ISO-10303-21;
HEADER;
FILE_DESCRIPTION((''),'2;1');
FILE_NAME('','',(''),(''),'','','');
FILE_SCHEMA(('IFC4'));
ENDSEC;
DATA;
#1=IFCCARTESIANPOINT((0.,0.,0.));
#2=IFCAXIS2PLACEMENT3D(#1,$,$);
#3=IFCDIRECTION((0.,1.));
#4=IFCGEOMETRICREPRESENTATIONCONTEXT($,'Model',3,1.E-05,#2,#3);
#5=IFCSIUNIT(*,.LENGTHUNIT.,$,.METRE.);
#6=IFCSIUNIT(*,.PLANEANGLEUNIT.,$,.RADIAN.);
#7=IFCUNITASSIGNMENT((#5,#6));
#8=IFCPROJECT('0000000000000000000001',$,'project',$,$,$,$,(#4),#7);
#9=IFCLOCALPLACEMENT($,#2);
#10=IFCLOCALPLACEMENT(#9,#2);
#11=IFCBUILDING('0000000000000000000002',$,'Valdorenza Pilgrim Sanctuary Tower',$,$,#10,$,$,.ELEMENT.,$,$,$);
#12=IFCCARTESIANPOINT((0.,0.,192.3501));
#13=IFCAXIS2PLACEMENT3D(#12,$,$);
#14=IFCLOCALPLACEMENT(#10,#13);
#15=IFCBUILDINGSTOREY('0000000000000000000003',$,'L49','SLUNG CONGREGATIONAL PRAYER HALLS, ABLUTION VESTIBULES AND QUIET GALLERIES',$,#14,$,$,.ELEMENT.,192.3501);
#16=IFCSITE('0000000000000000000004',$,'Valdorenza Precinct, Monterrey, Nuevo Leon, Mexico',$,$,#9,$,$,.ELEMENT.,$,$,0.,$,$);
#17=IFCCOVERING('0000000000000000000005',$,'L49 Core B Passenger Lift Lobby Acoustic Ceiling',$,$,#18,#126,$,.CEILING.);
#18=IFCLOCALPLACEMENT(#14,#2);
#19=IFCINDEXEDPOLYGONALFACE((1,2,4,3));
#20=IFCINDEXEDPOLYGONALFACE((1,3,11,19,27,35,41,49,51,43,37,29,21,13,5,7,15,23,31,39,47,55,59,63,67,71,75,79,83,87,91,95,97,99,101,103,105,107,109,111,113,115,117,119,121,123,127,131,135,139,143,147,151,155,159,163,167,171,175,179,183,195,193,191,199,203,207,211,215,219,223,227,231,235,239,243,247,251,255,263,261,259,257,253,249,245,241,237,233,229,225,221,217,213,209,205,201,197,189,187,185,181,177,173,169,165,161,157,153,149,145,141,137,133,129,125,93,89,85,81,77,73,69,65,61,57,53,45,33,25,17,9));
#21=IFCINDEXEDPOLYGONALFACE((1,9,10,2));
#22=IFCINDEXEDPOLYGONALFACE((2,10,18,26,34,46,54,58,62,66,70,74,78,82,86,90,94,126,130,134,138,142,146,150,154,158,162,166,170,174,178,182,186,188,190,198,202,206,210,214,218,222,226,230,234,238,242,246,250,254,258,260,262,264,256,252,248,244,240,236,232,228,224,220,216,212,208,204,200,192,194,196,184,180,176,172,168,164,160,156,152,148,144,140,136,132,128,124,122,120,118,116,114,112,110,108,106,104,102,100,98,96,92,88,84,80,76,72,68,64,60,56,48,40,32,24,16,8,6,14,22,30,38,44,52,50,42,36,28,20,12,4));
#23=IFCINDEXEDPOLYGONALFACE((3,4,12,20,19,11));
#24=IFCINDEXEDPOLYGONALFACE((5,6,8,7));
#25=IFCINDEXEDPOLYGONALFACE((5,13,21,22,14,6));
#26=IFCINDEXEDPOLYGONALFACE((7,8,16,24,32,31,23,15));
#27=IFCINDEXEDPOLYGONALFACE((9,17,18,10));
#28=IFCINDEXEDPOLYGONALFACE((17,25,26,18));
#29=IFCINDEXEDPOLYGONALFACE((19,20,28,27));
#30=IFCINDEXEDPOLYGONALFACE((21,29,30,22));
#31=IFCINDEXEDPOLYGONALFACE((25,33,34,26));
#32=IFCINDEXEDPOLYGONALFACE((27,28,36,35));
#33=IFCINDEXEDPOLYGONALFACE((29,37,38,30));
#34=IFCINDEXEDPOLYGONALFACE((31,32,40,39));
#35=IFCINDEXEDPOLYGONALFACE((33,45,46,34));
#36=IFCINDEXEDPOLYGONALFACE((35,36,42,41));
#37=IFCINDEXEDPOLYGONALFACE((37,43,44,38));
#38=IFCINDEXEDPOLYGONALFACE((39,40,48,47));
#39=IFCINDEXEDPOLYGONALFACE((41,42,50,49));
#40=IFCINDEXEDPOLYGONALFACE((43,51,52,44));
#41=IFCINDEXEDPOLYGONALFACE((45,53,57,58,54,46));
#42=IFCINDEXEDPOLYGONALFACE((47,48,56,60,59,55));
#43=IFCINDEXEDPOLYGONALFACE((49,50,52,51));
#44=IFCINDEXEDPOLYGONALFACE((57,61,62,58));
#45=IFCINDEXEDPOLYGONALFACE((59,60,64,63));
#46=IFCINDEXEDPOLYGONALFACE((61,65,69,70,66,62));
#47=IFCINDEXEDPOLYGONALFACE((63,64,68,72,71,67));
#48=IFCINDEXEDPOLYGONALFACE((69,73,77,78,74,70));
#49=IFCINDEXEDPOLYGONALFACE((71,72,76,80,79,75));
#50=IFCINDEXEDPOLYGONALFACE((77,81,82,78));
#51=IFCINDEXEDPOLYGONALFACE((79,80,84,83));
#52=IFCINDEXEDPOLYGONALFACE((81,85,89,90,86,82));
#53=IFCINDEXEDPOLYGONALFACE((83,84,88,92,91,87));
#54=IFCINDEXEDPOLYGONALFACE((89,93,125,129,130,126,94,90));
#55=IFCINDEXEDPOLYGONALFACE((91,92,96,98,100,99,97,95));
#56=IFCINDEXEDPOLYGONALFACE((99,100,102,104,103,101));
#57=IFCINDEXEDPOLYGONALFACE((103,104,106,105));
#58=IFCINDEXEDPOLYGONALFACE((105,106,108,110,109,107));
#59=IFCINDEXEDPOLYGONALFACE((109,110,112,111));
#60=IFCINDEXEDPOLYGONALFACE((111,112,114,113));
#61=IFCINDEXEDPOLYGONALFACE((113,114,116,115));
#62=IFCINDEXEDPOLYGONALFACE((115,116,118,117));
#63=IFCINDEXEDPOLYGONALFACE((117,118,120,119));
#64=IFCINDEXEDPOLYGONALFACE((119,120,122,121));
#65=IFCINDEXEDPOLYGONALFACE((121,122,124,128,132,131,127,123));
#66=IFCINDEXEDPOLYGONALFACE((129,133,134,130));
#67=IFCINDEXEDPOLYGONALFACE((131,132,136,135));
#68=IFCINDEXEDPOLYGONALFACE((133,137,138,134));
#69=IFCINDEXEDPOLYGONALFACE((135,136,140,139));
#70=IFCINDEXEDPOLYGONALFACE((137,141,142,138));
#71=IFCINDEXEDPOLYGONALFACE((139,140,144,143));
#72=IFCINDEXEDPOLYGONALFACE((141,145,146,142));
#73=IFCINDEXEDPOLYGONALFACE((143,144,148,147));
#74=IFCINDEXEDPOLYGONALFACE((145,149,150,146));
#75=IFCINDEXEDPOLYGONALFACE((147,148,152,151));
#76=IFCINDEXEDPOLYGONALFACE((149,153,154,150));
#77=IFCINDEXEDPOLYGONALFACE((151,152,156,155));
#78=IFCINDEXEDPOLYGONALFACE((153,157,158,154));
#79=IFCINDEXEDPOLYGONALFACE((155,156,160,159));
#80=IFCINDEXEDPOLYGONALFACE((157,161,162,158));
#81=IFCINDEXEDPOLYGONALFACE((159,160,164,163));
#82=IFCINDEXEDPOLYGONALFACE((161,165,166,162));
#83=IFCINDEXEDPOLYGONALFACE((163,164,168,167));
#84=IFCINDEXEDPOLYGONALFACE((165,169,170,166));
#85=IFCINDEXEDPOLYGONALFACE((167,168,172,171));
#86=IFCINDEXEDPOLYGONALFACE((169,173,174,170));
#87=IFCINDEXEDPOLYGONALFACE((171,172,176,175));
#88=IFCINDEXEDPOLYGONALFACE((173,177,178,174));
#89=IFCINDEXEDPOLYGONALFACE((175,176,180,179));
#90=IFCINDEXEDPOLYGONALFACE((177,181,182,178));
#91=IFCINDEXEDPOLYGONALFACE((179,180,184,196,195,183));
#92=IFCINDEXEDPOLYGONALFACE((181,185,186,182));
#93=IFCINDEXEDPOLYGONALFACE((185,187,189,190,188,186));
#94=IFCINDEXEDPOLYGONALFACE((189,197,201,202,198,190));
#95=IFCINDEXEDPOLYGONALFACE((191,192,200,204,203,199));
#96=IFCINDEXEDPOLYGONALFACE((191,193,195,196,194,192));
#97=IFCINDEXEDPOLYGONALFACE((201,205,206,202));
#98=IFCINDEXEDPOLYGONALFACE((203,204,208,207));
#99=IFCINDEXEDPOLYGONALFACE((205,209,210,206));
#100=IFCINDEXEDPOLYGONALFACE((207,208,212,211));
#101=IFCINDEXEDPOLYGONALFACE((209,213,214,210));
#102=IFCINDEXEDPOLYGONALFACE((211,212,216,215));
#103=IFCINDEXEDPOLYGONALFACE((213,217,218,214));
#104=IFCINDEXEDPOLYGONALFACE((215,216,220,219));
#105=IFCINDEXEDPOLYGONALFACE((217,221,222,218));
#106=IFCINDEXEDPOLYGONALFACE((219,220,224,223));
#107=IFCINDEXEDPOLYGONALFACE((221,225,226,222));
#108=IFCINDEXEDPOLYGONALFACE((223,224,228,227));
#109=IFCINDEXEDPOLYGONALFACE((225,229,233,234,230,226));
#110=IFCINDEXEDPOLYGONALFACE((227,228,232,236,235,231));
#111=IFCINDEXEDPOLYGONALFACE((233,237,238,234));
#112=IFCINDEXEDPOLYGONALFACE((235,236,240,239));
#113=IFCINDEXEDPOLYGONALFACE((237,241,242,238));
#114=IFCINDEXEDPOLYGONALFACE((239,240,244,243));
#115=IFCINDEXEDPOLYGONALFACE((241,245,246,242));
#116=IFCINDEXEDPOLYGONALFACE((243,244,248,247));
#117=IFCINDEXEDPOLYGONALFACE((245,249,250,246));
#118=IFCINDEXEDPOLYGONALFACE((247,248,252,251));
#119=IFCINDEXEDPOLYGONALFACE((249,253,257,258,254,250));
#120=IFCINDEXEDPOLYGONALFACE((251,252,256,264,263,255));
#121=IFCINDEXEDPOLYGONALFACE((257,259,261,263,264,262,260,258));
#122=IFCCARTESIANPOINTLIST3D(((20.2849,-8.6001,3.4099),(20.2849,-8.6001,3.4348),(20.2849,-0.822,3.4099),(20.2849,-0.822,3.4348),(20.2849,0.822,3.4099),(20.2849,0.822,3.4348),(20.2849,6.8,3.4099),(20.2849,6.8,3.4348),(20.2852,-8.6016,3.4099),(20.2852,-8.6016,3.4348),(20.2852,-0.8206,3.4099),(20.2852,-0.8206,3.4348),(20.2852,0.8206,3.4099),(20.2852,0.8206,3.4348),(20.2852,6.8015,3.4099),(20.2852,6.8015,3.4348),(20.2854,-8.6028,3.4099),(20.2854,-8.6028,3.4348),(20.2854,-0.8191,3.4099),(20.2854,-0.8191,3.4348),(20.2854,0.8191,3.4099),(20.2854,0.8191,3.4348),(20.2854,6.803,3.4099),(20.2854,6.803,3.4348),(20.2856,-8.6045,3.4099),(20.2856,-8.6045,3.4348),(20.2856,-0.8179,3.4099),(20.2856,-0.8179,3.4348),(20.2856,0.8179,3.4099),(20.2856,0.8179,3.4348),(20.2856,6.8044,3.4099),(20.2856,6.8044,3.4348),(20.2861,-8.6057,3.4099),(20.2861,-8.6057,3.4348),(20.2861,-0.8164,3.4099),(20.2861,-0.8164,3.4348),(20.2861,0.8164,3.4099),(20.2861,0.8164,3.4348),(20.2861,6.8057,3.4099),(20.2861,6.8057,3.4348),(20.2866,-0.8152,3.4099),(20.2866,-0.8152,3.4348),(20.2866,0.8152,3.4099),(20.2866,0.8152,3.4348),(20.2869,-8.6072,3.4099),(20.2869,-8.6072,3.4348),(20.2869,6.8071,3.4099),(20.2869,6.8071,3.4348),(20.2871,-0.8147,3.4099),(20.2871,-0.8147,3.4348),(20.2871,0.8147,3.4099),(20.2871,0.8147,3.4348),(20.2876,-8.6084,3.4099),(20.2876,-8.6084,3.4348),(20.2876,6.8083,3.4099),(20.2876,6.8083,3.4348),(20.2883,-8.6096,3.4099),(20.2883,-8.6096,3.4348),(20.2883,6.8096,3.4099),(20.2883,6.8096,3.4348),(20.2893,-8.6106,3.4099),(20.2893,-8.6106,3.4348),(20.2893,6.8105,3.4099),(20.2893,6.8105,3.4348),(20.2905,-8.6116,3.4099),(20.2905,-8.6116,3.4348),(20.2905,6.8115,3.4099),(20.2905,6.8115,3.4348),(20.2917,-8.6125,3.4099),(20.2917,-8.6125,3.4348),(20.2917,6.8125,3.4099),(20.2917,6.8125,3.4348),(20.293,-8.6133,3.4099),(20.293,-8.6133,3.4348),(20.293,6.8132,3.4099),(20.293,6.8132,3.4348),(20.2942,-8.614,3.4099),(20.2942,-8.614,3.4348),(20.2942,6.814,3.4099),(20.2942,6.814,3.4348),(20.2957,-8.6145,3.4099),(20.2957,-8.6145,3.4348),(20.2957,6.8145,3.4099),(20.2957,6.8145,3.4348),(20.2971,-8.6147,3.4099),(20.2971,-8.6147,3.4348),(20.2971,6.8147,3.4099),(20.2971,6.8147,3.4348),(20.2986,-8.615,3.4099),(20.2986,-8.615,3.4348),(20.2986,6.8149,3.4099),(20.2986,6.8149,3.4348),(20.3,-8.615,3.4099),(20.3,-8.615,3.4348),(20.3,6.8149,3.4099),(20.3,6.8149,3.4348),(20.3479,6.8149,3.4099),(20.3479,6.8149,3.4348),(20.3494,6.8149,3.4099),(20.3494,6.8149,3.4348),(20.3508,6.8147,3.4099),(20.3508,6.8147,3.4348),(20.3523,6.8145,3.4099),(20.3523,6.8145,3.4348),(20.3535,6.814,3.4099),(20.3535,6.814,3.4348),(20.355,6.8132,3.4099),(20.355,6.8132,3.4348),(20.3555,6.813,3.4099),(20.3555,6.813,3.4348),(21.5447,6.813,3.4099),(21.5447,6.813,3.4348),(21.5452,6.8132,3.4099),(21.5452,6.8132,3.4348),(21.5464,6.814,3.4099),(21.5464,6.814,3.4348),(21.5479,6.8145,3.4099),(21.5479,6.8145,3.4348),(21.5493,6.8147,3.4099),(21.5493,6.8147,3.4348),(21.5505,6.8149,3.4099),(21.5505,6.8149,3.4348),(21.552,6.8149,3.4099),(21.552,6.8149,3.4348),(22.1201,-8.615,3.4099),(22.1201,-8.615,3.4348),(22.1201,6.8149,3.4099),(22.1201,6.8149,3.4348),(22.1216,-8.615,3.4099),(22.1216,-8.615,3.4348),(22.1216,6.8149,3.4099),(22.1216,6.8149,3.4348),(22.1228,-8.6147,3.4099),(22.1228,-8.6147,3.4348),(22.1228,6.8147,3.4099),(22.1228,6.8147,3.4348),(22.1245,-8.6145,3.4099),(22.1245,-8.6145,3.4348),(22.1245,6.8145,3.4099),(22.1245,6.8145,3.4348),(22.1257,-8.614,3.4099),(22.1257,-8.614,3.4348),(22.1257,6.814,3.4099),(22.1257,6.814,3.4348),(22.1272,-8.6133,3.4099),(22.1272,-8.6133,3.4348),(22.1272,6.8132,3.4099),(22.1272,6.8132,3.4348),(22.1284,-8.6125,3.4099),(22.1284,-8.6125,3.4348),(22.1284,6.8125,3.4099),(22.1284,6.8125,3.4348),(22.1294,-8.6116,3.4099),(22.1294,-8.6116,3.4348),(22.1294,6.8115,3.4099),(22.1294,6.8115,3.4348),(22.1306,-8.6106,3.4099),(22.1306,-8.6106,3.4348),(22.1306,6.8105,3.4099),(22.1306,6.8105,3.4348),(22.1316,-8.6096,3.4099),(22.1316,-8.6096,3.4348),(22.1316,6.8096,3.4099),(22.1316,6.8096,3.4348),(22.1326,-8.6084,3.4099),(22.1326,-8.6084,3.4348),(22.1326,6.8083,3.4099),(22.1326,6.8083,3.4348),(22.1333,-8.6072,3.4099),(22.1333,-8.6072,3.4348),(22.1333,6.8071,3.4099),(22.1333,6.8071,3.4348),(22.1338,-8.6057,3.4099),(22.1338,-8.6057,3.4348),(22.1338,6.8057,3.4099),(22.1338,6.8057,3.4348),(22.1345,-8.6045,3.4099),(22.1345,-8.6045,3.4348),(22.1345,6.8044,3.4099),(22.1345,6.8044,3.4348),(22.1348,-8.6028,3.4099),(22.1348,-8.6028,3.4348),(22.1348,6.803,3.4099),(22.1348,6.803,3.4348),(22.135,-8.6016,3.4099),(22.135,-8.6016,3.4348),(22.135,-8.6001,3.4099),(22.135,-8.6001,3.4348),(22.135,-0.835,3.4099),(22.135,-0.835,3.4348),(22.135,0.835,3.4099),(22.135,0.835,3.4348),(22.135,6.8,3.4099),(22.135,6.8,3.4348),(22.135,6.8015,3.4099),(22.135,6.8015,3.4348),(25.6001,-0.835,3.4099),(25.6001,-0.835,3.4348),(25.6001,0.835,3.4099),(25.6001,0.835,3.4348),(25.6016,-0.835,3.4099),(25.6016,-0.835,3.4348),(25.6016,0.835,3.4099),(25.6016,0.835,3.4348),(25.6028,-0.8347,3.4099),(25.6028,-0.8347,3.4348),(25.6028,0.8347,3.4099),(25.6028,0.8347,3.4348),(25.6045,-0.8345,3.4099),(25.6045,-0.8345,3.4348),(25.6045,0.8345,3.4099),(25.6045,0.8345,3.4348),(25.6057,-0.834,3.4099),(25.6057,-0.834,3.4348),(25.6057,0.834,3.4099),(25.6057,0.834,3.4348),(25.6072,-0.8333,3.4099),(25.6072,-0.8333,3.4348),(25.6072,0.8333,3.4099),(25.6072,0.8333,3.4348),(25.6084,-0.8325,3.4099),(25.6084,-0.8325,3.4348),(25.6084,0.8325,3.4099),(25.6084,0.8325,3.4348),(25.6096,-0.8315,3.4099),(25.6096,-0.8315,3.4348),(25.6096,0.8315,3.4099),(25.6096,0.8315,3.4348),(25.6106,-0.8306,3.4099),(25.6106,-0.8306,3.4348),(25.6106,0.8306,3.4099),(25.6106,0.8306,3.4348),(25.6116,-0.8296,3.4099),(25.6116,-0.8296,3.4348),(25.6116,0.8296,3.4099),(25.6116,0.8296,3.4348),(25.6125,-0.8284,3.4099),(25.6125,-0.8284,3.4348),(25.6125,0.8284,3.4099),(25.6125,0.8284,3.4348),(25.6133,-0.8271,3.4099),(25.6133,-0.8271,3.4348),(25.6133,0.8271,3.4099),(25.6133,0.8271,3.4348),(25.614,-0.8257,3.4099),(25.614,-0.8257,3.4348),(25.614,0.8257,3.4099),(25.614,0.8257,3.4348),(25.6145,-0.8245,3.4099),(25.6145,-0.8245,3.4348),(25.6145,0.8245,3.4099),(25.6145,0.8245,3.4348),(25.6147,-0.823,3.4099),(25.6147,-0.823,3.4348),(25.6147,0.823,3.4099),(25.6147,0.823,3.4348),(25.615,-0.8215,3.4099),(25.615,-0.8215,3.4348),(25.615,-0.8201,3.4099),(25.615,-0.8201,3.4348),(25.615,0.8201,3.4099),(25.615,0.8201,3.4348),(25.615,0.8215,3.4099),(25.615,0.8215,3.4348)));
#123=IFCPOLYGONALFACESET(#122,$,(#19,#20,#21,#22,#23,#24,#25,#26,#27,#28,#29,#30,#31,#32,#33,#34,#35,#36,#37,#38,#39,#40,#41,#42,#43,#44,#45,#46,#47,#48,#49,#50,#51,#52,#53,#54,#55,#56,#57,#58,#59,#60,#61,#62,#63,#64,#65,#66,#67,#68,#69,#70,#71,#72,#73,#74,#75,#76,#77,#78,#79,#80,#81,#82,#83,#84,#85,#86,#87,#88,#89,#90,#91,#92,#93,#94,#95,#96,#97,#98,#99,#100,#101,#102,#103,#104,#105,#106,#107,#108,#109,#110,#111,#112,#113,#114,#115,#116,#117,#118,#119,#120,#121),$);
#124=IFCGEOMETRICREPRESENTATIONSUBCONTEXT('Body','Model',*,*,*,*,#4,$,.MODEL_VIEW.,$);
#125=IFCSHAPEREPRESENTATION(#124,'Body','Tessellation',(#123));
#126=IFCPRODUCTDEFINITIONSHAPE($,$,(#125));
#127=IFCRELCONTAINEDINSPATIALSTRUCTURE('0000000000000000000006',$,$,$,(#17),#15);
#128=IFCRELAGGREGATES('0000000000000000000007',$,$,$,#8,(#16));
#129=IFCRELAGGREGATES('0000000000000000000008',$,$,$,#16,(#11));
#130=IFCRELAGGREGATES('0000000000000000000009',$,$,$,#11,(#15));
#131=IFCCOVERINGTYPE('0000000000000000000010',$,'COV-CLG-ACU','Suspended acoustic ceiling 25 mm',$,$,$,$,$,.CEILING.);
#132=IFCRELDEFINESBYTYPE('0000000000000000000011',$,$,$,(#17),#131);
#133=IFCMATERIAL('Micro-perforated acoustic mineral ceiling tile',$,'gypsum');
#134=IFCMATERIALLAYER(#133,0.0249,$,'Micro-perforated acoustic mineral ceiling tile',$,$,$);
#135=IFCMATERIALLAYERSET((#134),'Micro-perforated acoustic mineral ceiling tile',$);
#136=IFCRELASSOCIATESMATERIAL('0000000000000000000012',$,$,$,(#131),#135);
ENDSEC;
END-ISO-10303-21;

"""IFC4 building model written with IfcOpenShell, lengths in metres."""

from ifc_helpers import new_model, si_unit, direction, frame, origin, place, context, subcontext, project, spatial, polyline, outline, extrude, material, layer, layer_set, type_object, element, save


model = new_model("IFC4")

# Units and contexts
model_context = context("Model", 3, precision=1e-05, world=origin(), true_north=direction((0.0, 1.0)))
body_context = subcontext(model_context, "Body", "Model", "MODEL_VIEW")
ifc_project = project(units=[si_unit("LENGTHUNIT", "METRE"), si_unit("PLANEANGLEUNIT", "RADIAN")], contexts=[model_context])

# Site, building, storey
site_placement = place(None, origin())
site = spatial("IfcSite", under=ifc_project, at=site_placement, Name="Valdorenza Precinct, Monterrey, Nuevo Leon, Mexico", CompositionType="ELEMENT", RefElevation=0.0)
building_placement = place(site_placement, origin())
building = spatial("IfcBuilding", under=site, at=building_placement, Name="Valdorenza Pilgrim Sanctuary Tower", CompositionType="ELEMENT")
storey_placement = place(building_placement, frame((0.0, 0.0, 192.3501)))
storey = spatial("IfcBuildingStorey", under=building, at=storey_placement, Name="L49", Description="SLUNG CONGREGATIONAL PRAYER HALLS, ABLUTION VESTIBULES AND QUIET GALLERIES", CompositionType="ELEMENT", Elevation=192.3501)

# Covering
ifc_material_1 = material(Name="Micro-perforated acoustic mineral ceiling tile", Category="gypsum")
ifc_layer_1 = layer(ifc_material_1, 0.0249, Name="Micro-perforated acoustic mineral ceiling tile")
ifc_layer_set_1 = layer_set([ifc_layer_1], Name="Micro-perforated acoustic mineral ceiling tile")
covering_type_1 = type_object("IfcCoveringType", Name="COV-CLG-ACU", Description="Suspended acoustic ceiling 25 mm", PredefinedType="CEILING", material=ifc_layer_set_1)
covering_1_placement = place(storey_placement, frame((0.0, 0.0, 3.4099)))
element("IfcCovering", 1, at=covering_1_placement, inside=storey, type_object=covering_type_1, Name="L49 Core B Passenger Lift Lobby Acoustic Ceiling", PredefinedType="CEILING", context=body_context, shape_type="SweptSolid", body=[
    extrude(outline(polyline([(20.2871, -0.8147), (20.2871, 0.8147), (20.2866, 0.8152), (20.2861, 0.8164), (20.2856, 0.8179), (20.2854, 0.8191), (20.2852, 0.8206), (20.2849, 0.822), (20.2849, 6.8), (20.2852, 6.8015), (20.2854, 6.803), (20.2856, 6.8044), (20.2861, 6.8057), (20.2869, 6.8071), (20.2876, 6.8083), (20.2883, 6.8096), (20.2893, 6.8105), (20.2905, 6.8115), (20.2917, 6.8125), (20.293, 6.8132), (20.2942, 6.814), (20.2957, 6.8145), (20.2971, 6.8147), (20.2986, 6.8149), (20.3, 6.8149), (20.3479, 6.8149), (20.3494, 6.8149), (20.3508, 6.8147), (20.3523, 6.8145), (20.3535, 6.814), (20.355, 6.8132), (20.3555, 6.813), (21.5447, 6.813), (21.5452, 6.8132), (21.5464, 6.814), (21.5479, 6.8145), (21.5493, 6.8147), (21.5505, 6.8149), (21.552, 6.8149), (22.1201, 6.8149), (22.1216, 6.8149), (22.1228, 6.8147), (22.1245, 6.8145), (22.1257, 6.814), (22.1272, 6.8132), (22.1284, 6.8125), (22.1294, 6.8115), (22.1306, 6.8105), (22.1316, 6.8096), (22.1326, 6.8083), (22.1333, 6.8071), (22.1338, 6.8057), (22.1345, 6.8044), (22.1348, 6.803), (22.135, 6.8015), (22.135, 6.8), (22.135, 0.835), (25.6001, 0.835), (25.6016, 0.835), (25.6028, 0.8347), (25.6045, 0.8345), (25.6057, 0.834), (25.6072, 0.8333), (25.6084, 0.8325), (25.6096, 0.8315), (25.6106, 0.8306), (25.6116, 0.8296), (25.6125, 0.8284), (25.6133, 0.8271), (25.614, 0.8257), (25.6145, 0.8245), (25.6147, 0.823), (25.615, 0.8215), (25.615, 0.8201), (25.615, -0.8201), (25.615, -0.8215), (25.6147, -0.823), (25.6145, -0.8245), (25.614, -0.8257), (25.6133, -0.8271), (25.6125, -0.8284), (25.6116, -0.8296), (25.6106, -0.8306), (25.6096, -0.8315), (25.6084, -0.8325), (25.6072, -0.8333), (25.6057, -0.834), (25.6045, -0.8345), (25.6028, -0.8347), (25.6016, -0.835), (25.6001, -0.835), (22.135, -0.835), (22.135, -8.6001), (22.135, -8.6016), (22.1348, -8.6028), (22.1345, -8.6045), (22.1338, -8.6057), (22.1333, -8.6072), (22.1326, -8.6084), (22.1316, -8.6096), (22.1306, -8.6106), (22.1294, -8.6116), (22.1284, -8.6125), (22.1272, -8.6133), (22.1257, -8.614), (22.1245, -8.6145), (22.1228, -8.6147), (22.1216, -8.615), (22.1201, -8.615), (20.3, -8.615), (20.2986, -8.615), (20.2971, -8.6147), (20.2957, -8.6145), (20.2942, -8.614), (20.293, -8.6133), (20.2917, -8.6125), (20.2905, -8.6116), (20.2893, -8.6106), (20.2883, -8.6096), (20.2876, -8.6084), (20.2869, -8.6072), (20.2861, -8.6057), (20.2856, -8.6045), (20.2854, -8.6028), (20.2852, -8.6016), (20.2849, -8.6001), (20.2849, -0.822), (20.2852, -0.8206), (20.2854, -0.8191), (20.2856, -0.8179), (20.2861, -0.8164), (20.2866, -0.8152), (20.2871, -0.8147)])), origin(), (0.0, 0.0, 1.0), 0.0249),
])

save(model, "model.ifc")
